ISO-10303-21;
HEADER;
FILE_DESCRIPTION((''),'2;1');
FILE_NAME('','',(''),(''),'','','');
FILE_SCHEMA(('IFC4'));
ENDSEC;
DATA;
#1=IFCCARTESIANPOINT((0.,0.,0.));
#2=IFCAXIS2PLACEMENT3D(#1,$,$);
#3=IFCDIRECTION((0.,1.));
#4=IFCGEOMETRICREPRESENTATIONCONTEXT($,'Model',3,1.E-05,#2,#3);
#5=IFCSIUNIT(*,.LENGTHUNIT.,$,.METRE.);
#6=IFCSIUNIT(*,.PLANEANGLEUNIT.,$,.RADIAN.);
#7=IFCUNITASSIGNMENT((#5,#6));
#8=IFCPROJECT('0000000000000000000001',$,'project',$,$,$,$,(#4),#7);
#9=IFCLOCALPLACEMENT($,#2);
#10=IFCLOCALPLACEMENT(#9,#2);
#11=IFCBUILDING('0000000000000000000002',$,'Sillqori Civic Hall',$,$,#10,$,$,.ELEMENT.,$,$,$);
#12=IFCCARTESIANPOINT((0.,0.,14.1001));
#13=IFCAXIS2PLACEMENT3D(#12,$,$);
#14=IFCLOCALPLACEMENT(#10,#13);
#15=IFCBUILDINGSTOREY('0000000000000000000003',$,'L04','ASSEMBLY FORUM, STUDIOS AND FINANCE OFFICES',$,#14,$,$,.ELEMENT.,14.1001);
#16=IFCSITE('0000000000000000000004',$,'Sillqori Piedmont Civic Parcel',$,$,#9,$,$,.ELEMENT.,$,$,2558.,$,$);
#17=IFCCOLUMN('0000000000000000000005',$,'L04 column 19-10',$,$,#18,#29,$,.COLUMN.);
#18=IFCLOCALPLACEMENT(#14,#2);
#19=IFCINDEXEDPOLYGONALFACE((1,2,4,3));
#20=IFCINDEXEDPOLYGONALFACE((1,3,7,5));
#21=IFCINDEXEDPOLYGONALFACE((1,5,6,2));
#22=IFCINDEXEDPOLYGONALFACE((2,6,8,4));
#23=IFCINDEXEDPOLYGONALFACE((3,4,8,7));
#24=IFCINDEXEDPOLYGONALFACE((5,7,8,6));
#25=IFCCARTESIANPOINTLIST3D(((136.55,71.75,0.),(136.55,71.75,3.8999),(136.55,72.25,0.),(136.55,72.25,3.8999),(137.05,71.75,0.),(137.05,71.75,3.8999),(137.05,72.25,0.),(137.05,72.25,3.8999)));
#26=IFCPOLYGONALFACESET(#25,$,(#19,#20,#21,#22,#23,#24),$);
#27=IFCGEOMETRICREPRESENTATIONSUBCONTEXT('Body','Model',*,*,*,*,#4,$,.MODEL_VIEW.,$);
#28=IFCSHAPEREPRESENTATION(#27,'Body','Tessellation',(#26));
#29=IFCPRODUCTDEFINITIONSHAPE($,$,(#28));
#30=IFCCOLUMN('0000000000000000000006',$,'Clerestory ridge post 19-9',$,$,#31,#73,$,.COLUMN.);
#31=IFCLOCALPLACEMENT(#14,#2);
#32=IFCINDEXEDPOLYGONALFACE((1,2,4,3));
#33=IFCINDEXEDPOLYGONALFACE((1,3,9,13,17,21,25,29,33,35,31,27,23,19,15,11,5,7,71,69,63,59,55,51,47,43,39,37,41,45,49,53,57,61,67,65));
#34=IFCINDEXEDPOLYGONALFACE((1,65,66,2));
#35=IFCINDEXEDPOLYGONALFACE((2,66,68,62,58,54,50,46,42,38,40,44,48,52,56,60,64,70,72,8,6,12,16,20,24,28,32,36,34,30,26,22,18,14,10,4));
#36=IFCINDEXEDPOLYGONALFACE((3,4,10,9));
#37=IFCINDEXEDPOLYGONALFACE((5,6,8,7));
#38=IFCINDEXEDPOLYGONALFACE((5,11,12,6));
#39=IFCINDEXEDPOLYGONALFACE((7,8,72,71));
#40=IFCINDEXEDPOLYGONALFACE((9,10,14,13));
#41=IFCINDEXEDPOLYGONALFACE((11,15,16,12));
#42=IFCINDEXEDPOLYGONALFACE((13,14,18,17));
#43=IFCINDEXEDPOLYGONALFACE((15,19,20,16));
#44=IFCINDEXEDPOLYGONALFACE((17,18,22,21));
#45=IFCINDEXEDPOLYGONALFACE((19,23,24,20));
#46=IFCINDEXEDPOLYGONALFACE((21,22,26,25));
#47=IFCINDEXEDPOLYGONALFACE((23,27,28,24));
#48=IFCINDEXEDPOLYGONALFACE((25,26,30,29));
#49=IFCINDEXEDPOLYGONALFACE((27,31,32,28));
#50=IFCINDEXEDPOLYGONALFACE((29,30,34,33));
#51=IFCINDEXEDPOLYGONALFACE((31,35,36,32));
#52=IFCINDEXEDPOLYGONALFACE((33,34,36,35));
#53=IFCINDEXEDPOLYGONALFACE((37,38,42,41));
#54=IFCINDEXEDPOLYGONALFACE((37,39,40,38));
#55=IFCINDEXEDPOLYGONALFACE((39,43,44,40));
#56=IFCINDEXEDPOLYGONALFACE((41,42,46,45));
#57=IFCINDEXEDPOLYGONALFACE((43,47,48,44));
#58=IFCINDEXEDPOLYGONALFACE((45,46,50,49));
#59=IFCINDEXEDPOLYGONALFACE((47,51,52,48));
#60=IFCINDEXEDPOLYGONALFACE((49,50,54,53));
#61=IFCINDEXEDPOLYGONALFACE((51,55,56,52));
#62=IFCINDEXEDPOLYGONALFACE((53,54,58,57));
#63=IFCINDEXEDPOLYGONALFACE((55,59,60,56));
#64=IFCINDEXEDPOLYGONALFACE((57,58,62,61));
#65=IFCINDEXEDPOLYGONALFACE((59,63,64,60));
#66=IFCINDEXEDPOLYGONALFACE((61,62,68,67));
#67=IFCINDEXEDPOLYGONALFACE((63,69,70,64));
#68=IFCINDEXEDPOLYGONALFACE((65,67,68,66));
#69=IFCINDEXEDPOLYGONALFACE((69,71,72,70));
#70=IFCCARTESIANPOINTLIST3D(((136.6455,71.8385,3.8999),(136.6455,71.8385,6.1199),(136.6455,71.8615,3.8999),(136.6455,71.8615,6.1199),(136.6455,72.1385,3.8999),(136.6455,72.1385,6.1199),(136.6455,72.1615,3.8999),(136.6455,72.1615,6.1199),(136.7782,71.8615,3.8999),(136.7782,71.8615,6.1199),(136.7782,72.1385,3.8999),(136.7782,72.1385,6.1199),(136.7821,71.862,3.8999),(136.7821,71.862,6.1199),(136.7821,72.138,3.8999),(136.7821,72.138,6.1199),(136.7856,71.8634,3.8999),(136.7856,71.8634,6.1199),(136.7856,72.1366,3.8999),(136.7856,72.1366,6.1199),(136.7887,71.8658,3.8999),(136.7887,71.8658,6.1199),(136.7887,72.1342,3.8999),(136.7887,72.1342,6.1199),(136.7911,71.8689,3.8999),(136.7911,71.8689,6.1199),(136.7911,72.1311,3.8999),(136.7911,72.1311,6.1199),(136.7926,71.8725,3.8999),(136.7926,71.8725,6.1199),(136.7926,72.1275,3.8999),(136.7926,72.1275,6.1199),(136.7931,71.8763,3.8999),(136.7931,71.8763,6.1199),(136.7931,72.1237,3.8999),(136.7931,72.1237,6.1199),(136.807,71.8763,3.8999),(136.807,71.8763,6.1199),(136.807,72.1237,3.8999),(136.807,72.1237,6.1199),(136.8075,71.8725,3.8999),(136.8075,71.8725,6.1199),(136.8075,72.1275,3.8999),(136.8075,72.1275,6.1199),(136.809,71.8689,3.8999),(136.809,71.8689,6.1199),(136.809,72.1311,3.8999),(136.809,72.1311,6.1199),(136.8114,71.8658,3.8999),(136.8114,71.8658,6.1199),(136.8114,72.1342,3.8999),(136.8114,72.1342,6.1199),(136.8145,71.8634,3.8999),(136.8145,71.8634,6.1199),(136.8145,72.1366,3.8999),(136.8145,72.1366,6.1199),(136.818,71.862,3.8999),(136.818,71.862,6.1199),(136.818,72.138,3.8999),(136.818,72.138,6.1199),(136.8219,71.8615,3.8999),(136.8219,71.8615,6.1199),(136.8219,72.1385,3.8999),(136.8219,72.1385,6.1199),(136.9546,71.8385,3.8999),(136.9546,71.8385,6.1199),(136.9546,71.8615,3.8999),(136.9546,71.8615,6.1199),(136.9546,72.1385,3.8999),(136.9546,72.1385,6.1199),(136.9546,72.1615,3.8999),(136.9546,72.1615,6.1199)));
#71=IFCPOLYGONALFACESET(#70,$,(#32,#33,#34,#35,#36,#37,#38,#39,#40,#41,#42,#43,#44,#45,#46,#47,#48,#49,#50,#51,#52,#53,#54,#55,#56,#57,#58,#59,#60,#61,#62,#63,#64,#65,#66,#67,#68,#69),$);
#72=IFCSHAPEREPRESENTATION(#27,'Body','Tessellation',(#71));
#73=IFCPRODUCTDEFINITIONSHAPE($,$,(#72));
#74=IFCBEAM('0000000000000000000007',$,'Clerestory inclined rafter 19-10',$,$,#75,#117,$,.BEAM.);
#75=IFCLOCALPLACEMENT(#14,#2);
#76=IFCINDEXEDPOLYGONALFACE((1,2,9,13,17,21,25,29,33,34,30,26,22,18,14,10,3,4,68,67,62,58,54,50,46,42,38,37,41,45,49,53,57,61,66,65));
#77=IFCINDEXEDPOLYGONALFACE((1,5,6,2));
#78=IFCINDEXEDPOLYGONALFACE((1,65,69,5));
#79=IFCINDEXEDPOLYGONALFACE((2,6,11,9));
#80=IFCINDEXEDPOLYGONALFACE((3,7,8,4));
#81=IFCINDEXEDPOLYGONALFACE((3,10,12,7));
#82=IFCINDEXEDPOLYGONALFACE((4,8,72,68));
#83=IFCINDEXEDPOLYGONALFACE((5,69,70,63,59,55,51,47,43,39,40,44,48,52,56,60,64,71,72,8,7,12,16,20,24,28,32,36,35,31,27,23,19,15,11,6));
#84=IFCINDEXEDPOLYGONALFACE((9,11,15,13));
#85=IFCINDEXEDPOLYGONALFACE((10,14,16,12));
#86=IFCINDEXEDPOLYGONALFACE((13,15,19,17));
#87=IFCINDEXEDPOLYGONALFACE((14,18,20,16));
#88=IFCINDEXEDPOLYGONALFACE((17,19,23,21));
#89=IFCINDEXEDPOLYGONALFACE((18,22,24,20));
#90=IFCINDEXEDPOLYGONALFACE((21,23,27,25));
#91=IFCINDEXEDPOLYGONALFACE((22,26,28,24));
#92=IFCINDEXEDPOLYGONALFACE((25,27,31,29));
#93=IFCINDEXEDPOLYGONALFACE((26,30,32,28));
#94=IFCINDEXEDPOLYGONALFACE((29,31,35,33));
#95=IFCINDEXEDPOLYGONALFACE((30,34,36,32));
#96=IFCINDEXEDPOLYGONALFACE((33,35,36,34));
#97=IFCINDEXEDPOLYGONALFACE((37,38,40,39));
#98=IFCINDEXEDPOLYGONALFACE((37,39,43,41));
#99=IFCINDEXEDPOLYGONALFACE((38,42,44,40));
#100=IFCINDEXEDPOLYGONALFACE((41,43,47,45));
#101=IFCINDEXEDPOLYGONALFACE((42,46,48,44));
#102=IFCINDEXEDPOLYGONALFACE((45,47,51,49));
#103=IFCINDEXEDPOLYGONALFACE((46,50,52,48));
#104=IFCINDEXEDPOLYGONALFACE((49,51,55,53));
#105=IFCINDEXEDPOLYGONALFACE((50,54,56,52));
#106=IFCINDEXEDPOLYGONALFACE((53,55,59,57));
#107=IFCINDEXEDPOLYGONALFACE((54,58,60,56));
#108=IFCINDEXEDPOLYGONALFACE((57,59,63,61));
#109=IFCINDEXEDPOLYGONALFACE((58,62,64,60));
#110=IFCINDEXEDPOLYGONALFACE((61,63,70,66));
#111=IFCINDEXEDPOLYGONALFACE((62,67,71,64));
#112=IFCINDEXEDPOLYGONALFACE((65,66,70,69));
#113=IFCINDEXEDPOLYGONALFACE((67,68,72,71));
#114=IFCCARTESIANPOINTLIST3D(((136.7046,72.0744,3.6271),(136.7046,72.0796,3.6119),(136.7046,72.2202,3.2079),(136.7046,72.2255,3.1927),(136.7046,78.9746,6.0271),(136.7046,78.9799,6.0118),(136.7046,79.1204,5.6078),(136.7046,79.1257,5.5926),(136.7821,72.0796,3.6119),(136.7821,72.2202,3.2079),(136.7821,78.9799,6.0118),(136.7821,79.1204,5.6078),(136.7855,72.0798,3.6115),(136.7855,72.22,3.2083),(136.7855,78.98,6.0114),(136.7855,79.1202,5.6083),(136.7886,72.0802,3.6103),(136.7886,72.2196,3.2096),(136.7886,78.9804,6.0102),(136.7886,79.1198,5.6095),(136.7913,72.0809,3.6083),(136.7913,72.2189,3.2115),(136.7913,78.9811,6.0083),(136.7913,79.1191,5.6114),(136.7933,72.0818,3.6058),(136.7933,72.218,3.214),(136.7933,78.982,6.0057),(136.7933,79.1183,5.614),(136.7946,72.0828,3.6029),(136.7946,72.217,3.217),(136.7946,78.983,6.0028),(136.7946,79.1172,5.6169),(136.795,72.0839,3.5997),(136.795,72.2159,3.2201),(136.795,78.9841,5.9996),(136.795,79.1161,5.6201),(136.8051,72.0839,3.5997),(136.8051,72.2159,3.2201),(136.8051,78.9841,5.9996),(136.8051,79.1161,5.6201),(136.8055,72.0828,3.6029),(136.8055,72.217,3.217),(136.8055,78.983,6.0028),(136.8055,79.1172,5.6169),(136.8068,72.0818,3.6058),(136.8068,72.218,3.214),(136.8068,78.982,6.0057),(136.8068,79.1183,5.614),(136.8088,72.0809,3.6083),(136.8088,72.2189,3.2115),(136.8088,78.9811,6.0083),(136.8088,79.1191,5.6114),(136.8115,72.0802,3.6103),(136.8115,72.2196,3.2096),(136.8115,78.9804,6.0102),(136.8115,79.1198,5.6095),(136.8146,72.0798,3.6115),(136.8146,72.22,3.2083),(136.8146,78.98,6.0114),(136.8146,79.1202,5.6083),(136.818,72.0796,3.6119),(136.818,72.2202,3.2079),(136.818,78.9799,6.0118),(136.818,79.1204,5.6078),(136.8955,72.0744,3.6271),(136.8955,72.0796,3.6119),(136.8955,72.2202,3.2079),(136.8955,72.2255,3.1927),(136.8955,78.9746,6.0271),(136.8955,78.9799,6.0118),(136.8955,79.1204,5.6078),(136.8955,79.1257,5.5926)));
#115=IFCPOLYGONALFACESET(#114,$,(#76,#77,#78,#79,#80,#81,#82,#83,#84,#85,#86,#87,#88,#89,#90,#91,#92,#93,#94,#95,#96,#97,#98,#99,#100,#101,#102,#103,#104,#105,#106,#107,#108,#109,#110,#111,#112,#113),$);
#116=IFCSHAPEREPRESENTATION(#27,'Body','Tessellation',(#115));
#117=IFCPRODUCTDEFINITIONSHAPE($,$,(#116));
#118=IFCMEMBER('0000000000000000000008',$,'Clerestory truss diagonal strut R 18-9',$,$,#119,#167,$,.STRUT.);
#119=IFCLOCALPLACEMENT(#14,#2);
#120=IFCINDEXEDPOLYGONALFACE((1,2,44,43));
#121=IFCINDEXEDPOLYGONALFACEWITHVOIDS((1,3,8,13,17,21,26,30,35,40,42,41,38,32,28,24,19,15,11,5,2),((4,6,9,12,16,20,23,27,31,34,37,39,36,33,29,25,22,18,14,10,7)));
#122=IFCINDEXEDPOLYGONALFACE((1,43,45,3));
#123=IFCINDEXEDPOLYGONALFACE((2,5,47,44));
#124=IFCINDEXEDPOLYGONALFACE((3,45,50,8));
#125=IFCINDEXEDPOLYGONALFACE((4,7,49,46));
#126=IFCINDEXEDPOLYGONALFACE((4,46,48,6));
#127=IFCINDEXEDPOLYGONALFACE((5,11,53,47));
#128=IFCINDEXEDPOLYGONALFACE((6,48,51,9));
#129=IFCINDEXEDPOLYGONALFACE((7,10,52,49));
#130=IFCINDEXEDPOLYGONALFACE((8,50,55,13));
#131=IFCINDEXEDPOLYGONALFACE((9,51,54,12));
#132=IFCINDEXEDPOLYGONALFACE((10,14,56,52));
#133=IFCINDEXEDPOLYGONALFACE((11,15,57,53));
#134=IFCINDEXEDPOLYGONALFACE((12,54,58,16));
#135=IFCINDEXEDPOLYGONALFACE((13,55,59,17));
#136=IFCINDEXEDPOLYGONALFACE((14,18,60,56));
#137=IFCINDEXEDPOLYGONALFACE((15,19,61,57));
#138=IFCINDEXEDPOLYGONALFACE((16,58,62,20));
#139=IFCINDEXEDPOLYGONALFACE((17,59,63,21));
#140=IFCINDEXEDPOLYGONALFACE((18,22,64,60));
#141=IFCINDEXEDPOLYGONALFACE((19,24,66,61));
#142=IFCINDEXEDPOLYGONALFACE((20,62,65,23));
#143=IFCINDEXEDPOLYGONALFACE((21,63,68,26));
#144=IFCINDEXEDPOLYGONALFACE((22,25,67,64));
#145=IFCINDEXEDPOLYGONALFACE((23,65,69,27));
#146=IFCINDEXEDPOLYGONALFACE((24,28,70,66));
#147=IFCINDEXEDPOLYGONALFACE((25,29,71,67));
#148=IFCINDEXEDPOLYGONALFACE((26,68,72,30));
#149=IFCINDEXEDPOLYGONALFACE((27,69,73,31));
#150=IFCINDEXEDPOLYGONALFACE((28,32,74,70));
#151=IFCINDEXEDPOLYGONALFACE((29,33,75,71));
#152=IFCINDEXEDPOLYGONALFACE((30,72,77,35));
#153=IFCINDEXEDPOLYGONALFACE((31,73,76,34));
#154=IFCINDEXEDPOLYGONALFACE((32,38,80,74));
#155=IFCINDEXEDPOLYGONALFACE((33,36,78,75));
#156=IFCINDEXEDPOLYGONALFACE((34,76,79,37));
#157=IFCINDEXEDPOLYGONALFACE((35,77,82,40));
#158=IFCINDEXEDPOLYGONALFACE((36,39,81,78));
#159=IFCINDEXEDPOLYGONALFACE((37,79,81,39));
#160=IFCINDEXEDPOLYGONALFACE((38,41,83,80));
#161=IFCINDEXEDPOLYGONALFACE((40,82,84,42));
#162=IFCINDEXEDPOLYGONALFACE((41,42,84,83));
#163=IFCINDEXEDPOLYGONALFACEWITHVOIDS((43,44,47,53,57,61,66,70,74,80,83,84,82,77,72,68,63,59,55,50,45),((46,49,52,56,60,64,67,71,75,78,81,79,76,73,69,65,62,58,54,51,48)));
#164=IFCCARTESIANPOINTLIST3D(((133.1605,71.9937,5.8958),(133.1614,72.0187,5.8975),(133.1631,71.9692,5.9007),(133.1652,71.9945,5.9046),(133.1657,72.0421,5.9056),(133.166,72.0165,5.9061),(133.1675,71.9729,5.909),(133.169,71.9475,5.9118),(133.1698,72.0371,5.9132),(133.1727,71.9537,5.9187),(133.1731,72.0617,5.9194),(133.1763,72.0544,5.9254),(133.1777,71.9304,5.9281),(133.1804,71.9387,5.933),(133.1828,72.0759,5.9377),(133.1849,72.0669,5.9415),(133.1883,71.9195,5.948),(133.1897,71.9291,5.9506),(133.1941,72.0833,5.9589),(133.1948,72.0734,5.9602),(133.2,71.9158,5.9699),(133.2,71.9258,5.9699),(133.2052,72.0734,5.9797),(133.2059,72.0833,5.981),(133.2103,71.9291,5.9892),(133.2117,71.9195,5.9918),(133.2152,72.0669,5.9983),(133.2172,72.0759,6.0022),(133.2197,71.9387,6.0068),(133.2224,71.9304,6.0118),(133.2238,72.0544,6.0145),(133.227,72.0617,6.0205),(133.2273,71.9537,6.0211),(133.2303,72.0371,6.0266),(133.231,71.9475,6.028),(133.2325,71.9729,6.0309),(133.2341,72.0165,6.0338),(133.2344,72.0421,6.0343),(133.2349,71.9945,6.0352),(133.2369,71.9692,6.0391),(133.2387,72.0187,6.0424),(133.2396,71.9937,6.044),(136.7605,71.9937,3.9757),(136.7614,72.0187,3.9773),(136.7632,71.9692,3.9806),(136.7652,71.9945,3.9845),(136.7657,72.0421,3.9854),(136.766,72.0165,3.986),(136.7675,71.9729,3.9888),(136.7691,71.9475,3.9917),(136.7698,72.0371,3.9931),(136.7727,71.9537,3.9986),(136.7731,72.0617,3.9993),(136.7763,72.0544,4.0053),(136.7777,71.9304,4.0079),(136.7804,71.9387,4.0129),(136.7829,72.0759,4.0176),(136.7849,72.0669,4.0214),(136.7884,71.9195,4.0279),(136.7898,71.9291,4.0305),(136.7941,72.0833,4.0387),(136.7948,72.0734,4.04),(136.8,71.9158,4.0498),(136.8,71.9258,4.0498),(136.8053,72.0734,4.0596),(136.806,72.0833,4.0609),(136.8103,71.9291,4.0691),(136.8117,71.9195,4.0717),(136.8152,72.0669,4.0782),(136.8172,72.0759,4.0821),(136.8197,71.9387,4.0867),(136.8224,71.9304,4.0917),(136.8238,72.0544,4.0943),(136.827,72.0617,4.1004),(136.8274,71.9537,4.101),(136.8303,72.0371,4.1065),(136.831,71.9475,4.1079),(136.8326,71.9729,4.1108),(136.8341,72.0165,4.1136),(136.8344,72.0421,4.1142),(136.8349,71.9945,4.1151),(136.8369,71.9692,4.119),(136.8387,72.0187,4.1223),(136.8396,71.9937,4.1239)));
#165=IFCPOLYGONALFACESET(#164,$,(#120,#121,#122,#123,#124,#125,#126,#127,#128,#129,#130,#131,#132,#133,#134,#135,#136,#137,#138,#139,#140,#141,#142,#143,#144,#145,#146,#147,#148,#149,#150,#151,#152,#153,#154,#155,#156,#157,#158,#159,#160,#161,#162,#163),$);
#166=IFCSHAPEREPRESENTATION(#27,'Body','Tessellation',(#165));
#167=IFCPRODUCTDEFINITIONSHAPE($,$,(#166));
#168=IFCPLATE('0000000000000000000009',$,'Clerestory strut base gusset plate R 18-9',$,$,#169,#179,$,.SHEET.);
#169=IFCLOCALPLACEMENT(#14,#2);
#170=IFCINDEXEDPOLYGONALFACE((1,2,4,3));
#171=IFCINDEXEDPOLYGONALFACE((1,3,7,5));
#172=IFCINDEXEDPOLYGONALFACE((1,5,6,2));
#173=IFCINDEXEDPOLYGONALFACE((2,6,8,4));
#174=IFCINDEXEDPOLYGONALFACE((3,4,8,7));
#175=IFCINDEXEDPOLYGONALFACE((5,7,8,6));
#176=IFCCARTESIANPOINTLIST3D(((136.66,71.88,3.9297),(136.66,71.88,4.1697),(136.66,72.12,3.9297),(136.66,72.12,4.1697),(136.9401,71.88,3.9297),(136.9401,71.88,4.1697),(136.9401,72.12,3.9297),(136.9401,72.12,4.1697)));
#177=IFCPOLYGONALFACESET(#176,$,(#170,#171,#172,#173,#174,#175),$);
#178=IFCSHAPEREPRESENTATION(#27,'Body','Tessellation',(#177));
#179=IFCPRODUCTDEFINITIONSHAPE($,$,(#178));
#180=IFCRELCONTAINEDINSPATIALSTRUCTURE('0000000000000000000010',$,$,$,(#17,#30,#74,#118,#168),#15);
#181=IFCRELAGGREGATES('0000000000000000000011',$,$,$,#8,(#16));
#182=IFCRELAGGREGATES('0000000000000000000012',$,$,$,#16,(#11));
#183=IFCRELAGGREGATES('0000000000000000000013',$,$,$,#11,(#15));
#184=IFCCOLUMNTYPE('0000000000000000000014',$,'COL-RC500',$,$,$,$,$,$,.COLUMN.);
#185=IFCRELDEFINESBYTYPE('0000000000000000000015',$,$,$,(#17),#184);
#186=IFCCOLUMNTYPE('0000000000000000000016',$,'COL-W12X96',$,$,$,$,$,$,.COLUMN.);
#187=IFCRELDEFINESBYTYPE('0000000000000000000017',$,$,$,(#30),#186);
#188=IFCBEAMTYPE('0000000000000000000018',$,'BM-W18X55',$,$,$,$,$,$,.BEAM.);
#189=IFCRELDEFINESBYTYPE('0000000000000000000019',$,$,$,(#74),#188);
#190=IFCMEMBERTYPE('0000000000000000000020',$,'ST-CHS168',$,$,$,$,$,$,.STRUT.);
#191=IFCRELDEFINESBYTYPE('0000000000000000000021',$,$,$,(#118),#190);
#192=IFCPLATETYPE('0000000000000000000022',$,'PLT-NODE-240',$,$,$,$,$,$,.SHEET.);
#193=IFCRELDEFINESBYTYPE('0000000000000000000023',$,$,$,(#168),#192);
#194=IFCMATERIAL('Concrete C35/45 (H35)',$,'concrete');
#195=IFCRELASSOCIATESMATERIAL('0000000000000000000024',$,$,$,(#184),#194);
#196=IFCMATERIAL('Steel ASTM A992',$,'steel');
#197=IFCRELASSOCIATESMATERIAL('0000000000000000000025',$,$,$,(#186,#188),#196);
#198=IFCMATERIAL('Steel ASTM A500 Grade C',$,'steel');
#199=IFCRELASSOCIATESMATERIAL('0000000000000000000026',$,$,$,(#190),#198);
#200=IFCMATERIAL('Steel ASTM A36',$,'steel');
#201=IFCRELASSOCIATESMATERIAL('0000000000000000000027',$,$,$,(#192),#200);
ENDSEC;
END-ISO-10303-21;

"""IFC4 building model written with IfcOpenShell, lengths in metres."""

from ifc_helpers import new_model, si_unit, direction, frame, origin, origin_2d, place, context, subcontext, project, spatial, rectangle, hollow_circle, i_section, extrude, material, material_profile, profile_set, type_object, element, save


model = new_model("IFC4")

# Units and contexts
model_context = context("Model", 3, precision=1e-05, world=origin(), true_north=direction((0.0, 1.0)))
body_context = subcontext(model_context, "Body", "Model", "MODEL_VIEW")
ifc_project = project(units=[si_unit("LENGTHUNIT", "METRE"), si_unit("PLANEANGLEUNIT", "RADIAN")], contexts=[model_context])

# Site, building, storey
site_placement = place(None, origin())
site = spatial("IfcSite", under=ifc_project, at=site_placement, Name="Sillqori Piedmont Civic Parcel", CompositionType="ELEMENT", RefElevation=2558.0)
building_placement = place(site_placement, origin())
building = spatial("IfcBuilding", under=site, at=building_placement, Name="Sillqori Civic Hall", CompositionType="ELEMENT")
storey_placement = place(building_placement, frame((0.0, 0.0, 14.1001)))
storey = spatial("IfcBuildingStorey", under=building, at=storey_placement, Name="L04", Description="ASSEMBLY FORUM, STUDIOS AND FINANCE OFFICES", CompositionType="ELEMENT", Elevation=14.1001)

# Columns
ifc_material_1 = material(Name="Concrete C35/45 (H35)", Category="concrete")
ifc_material_profile_1 = material_profile(ifc_material_1, rectangle(XDim=0.5, YDim=0.5, at=origin_2d()), Name="RC 500x500")
ifc_profile_set_1 = profile_set([ifc_material_profile_1], Name="Concrete C35/45 (H35)")
column_type_1 = type_object("IfcColumnType", Name="COL-RC500", PredefinedType="COLUMN", material=ifc_profile_set_1)
column_1_placement = place(storey_placement, frame((136.8, 72.0, 0.0), z_axis=(0.0, 0.0, 1.0), x_axis=(1.0, 0.0, 0.0)))
element("IfcColumn", 1, at=column_1_placement, inside=storey, type_object=column_type_1, Name="L04 column 19-10", PredefinedType="COLUMN", context=body_context, shape_type="SweptSolid", body=[
    extrude(rectangle(XDim=0.5, YDim=0.5, at=origin_2d()), origin(), (0.0, 0.0, 1.0), 3.8999),
])
ifc_material_2 = material(Name="Steel ASTM A992", Category="steel")
ifc_material_profile_2 = material_profile(ifc_material_2, i_section(OverallWidth=0.3091, OverallDepth=0.323, WebThickness=0.0139, FlangeThickness=0.0229, FilletRadius=0.0149, at=origin_2d()), Name="W12X96")
ifc_profile_set_2 = profile_set([ifc_material_profile_2], Name="Steel ASTM A992")
column_type_2 = type_object("IfcColumnType", Name="COL-W12X96", PredefinedType="COLUMN", material=ifc_profile_set_2)
column_2_placement = place(storey_placement, frame((136.8, 72.0, 3.8999), z_axis=(0.0, 0.0, 1.0), x_axis=(1.0, 0.0, 0.0)))
element("IfcColumn", 2, at=column_2_placement, inside=storey, type_object=column_type_2, Name="Clerestory ridge post 19-9", PredefinedType="COLUMN", context=body_context, shape_type="SweptSolid", body=[
    extrude(i_section(OverallWidth=0.3091, OverallDepth=0.323, WebThickness=0.0139, FlangeThickness=0.0229, FilletRadius=0.0149, at=origin_2d()), origin(), (0.0, 0.0, 1.0), 2.22),
])

# Beam
ifc_material_profile_3 = material_profile(ifc_material_2, i_section(OverallWidth=0.1909, OverallDepth=0.46, WebThickness=0.01, FlangeThickness=0.0161, FilletRadius=0.0129, at=origin_2d()), Name="W18X55")
ifc_profile_set_3 = profile_set([ifc_material_profile_3], Name="Steel ASTM A992")
beam_type = type_object("IfcBeamType", Name="BM-W18X55", PredefinedType="BEAM", material=ifc_profile_set_3)
beam_placement = place(storey_placement, frame((136.8, 72.1499, 3.4099), z_axis=(0.0, 0.944503, 0.328502), x_axis=(-1.0, 0.0, 0.0)))
element("IfcBeam", 3, at=beam_placement, inside=storey, type_object=beam_type, Name="Clerestory inclined rafter 19-10", PredefinedType="BEAM", context=body_context, shape_type="SweptSolid", body=[
    extrude(i_section(OverallWidth=0.1909, OverallDepth=0.46, WebThickness=0.01, FlangeThickness=0.0161, FilletRadius=0.0129, at=origin_2d()), origin(), (0.0, 0.0, 1.0), 7.3057),
])

# Member
ifc_material_3 = material(Name="Steel ASTM A500 Grade C", Category="steel")
ifc_material_profile_4 = material_profile(ifc_material_3, hollow_circle(Radius=0.0842, WallThickness=0.01, at=origin_2d()), Name="CHS168X10")
ifc_profile_set_4 = profile_set([ifc_material_profile_4], Name="Steel ASTM A500 Grade C")
member_type = type_object("IfcMemberType", Name="ST-CHS168", PredefinedType="STRUT", material=ifc_profile_set_4)
member_placement = place(storey_placement, frame((136.8, 72.0, 4.0498), z_axis=(-0.882341, 0.0, 0.47061), x_axis=(0.0, -1.0, 0.0)))
element("IfcMember", 4, at=member_placement, inside=storey, type_object=member_type, Name="Clerestory truss diagonal strut R 18-9", PredefinedType="STRUT", context=body_context, shape_type="SweptSolid", body=[
    extrude(hollow_circle(Radius=0.0842, WallThickness=0.01, at=origin_2d()), origin(), (0.0, 0.0, 1.0), 4.0801),
])

# Plate
ifc_material_4 = material(Name="Steel ASTM A36", Category="steel")
plate_type_1 = type_object("IfcPlateType", Name="PLT-NODE-240", PredefinedType="SHEET", material=ifc_material_4)
plate_placement = place(storey_placement, frame((136.8, 72.0, 3.9297), z_axis=(0.0, 0.0, 1.0), x_axis=(1.0, 0.0, 0.0)))
element("IfcPlate", 5, at=plate_placement, inside=storey, type_object=plate_type_1, Name="Clerestory strut base gusset plate R 18-9", PredefinedType="SHEET", context=body_context, shape_type="SweptSolid", body=[
    extrude(rectangle(XDim=0.28, YDim=0.24, at=origin_2d()), origin(), (0.0, 0.0, 1.0), 0.24),
])

save(model, "model.ifc")
